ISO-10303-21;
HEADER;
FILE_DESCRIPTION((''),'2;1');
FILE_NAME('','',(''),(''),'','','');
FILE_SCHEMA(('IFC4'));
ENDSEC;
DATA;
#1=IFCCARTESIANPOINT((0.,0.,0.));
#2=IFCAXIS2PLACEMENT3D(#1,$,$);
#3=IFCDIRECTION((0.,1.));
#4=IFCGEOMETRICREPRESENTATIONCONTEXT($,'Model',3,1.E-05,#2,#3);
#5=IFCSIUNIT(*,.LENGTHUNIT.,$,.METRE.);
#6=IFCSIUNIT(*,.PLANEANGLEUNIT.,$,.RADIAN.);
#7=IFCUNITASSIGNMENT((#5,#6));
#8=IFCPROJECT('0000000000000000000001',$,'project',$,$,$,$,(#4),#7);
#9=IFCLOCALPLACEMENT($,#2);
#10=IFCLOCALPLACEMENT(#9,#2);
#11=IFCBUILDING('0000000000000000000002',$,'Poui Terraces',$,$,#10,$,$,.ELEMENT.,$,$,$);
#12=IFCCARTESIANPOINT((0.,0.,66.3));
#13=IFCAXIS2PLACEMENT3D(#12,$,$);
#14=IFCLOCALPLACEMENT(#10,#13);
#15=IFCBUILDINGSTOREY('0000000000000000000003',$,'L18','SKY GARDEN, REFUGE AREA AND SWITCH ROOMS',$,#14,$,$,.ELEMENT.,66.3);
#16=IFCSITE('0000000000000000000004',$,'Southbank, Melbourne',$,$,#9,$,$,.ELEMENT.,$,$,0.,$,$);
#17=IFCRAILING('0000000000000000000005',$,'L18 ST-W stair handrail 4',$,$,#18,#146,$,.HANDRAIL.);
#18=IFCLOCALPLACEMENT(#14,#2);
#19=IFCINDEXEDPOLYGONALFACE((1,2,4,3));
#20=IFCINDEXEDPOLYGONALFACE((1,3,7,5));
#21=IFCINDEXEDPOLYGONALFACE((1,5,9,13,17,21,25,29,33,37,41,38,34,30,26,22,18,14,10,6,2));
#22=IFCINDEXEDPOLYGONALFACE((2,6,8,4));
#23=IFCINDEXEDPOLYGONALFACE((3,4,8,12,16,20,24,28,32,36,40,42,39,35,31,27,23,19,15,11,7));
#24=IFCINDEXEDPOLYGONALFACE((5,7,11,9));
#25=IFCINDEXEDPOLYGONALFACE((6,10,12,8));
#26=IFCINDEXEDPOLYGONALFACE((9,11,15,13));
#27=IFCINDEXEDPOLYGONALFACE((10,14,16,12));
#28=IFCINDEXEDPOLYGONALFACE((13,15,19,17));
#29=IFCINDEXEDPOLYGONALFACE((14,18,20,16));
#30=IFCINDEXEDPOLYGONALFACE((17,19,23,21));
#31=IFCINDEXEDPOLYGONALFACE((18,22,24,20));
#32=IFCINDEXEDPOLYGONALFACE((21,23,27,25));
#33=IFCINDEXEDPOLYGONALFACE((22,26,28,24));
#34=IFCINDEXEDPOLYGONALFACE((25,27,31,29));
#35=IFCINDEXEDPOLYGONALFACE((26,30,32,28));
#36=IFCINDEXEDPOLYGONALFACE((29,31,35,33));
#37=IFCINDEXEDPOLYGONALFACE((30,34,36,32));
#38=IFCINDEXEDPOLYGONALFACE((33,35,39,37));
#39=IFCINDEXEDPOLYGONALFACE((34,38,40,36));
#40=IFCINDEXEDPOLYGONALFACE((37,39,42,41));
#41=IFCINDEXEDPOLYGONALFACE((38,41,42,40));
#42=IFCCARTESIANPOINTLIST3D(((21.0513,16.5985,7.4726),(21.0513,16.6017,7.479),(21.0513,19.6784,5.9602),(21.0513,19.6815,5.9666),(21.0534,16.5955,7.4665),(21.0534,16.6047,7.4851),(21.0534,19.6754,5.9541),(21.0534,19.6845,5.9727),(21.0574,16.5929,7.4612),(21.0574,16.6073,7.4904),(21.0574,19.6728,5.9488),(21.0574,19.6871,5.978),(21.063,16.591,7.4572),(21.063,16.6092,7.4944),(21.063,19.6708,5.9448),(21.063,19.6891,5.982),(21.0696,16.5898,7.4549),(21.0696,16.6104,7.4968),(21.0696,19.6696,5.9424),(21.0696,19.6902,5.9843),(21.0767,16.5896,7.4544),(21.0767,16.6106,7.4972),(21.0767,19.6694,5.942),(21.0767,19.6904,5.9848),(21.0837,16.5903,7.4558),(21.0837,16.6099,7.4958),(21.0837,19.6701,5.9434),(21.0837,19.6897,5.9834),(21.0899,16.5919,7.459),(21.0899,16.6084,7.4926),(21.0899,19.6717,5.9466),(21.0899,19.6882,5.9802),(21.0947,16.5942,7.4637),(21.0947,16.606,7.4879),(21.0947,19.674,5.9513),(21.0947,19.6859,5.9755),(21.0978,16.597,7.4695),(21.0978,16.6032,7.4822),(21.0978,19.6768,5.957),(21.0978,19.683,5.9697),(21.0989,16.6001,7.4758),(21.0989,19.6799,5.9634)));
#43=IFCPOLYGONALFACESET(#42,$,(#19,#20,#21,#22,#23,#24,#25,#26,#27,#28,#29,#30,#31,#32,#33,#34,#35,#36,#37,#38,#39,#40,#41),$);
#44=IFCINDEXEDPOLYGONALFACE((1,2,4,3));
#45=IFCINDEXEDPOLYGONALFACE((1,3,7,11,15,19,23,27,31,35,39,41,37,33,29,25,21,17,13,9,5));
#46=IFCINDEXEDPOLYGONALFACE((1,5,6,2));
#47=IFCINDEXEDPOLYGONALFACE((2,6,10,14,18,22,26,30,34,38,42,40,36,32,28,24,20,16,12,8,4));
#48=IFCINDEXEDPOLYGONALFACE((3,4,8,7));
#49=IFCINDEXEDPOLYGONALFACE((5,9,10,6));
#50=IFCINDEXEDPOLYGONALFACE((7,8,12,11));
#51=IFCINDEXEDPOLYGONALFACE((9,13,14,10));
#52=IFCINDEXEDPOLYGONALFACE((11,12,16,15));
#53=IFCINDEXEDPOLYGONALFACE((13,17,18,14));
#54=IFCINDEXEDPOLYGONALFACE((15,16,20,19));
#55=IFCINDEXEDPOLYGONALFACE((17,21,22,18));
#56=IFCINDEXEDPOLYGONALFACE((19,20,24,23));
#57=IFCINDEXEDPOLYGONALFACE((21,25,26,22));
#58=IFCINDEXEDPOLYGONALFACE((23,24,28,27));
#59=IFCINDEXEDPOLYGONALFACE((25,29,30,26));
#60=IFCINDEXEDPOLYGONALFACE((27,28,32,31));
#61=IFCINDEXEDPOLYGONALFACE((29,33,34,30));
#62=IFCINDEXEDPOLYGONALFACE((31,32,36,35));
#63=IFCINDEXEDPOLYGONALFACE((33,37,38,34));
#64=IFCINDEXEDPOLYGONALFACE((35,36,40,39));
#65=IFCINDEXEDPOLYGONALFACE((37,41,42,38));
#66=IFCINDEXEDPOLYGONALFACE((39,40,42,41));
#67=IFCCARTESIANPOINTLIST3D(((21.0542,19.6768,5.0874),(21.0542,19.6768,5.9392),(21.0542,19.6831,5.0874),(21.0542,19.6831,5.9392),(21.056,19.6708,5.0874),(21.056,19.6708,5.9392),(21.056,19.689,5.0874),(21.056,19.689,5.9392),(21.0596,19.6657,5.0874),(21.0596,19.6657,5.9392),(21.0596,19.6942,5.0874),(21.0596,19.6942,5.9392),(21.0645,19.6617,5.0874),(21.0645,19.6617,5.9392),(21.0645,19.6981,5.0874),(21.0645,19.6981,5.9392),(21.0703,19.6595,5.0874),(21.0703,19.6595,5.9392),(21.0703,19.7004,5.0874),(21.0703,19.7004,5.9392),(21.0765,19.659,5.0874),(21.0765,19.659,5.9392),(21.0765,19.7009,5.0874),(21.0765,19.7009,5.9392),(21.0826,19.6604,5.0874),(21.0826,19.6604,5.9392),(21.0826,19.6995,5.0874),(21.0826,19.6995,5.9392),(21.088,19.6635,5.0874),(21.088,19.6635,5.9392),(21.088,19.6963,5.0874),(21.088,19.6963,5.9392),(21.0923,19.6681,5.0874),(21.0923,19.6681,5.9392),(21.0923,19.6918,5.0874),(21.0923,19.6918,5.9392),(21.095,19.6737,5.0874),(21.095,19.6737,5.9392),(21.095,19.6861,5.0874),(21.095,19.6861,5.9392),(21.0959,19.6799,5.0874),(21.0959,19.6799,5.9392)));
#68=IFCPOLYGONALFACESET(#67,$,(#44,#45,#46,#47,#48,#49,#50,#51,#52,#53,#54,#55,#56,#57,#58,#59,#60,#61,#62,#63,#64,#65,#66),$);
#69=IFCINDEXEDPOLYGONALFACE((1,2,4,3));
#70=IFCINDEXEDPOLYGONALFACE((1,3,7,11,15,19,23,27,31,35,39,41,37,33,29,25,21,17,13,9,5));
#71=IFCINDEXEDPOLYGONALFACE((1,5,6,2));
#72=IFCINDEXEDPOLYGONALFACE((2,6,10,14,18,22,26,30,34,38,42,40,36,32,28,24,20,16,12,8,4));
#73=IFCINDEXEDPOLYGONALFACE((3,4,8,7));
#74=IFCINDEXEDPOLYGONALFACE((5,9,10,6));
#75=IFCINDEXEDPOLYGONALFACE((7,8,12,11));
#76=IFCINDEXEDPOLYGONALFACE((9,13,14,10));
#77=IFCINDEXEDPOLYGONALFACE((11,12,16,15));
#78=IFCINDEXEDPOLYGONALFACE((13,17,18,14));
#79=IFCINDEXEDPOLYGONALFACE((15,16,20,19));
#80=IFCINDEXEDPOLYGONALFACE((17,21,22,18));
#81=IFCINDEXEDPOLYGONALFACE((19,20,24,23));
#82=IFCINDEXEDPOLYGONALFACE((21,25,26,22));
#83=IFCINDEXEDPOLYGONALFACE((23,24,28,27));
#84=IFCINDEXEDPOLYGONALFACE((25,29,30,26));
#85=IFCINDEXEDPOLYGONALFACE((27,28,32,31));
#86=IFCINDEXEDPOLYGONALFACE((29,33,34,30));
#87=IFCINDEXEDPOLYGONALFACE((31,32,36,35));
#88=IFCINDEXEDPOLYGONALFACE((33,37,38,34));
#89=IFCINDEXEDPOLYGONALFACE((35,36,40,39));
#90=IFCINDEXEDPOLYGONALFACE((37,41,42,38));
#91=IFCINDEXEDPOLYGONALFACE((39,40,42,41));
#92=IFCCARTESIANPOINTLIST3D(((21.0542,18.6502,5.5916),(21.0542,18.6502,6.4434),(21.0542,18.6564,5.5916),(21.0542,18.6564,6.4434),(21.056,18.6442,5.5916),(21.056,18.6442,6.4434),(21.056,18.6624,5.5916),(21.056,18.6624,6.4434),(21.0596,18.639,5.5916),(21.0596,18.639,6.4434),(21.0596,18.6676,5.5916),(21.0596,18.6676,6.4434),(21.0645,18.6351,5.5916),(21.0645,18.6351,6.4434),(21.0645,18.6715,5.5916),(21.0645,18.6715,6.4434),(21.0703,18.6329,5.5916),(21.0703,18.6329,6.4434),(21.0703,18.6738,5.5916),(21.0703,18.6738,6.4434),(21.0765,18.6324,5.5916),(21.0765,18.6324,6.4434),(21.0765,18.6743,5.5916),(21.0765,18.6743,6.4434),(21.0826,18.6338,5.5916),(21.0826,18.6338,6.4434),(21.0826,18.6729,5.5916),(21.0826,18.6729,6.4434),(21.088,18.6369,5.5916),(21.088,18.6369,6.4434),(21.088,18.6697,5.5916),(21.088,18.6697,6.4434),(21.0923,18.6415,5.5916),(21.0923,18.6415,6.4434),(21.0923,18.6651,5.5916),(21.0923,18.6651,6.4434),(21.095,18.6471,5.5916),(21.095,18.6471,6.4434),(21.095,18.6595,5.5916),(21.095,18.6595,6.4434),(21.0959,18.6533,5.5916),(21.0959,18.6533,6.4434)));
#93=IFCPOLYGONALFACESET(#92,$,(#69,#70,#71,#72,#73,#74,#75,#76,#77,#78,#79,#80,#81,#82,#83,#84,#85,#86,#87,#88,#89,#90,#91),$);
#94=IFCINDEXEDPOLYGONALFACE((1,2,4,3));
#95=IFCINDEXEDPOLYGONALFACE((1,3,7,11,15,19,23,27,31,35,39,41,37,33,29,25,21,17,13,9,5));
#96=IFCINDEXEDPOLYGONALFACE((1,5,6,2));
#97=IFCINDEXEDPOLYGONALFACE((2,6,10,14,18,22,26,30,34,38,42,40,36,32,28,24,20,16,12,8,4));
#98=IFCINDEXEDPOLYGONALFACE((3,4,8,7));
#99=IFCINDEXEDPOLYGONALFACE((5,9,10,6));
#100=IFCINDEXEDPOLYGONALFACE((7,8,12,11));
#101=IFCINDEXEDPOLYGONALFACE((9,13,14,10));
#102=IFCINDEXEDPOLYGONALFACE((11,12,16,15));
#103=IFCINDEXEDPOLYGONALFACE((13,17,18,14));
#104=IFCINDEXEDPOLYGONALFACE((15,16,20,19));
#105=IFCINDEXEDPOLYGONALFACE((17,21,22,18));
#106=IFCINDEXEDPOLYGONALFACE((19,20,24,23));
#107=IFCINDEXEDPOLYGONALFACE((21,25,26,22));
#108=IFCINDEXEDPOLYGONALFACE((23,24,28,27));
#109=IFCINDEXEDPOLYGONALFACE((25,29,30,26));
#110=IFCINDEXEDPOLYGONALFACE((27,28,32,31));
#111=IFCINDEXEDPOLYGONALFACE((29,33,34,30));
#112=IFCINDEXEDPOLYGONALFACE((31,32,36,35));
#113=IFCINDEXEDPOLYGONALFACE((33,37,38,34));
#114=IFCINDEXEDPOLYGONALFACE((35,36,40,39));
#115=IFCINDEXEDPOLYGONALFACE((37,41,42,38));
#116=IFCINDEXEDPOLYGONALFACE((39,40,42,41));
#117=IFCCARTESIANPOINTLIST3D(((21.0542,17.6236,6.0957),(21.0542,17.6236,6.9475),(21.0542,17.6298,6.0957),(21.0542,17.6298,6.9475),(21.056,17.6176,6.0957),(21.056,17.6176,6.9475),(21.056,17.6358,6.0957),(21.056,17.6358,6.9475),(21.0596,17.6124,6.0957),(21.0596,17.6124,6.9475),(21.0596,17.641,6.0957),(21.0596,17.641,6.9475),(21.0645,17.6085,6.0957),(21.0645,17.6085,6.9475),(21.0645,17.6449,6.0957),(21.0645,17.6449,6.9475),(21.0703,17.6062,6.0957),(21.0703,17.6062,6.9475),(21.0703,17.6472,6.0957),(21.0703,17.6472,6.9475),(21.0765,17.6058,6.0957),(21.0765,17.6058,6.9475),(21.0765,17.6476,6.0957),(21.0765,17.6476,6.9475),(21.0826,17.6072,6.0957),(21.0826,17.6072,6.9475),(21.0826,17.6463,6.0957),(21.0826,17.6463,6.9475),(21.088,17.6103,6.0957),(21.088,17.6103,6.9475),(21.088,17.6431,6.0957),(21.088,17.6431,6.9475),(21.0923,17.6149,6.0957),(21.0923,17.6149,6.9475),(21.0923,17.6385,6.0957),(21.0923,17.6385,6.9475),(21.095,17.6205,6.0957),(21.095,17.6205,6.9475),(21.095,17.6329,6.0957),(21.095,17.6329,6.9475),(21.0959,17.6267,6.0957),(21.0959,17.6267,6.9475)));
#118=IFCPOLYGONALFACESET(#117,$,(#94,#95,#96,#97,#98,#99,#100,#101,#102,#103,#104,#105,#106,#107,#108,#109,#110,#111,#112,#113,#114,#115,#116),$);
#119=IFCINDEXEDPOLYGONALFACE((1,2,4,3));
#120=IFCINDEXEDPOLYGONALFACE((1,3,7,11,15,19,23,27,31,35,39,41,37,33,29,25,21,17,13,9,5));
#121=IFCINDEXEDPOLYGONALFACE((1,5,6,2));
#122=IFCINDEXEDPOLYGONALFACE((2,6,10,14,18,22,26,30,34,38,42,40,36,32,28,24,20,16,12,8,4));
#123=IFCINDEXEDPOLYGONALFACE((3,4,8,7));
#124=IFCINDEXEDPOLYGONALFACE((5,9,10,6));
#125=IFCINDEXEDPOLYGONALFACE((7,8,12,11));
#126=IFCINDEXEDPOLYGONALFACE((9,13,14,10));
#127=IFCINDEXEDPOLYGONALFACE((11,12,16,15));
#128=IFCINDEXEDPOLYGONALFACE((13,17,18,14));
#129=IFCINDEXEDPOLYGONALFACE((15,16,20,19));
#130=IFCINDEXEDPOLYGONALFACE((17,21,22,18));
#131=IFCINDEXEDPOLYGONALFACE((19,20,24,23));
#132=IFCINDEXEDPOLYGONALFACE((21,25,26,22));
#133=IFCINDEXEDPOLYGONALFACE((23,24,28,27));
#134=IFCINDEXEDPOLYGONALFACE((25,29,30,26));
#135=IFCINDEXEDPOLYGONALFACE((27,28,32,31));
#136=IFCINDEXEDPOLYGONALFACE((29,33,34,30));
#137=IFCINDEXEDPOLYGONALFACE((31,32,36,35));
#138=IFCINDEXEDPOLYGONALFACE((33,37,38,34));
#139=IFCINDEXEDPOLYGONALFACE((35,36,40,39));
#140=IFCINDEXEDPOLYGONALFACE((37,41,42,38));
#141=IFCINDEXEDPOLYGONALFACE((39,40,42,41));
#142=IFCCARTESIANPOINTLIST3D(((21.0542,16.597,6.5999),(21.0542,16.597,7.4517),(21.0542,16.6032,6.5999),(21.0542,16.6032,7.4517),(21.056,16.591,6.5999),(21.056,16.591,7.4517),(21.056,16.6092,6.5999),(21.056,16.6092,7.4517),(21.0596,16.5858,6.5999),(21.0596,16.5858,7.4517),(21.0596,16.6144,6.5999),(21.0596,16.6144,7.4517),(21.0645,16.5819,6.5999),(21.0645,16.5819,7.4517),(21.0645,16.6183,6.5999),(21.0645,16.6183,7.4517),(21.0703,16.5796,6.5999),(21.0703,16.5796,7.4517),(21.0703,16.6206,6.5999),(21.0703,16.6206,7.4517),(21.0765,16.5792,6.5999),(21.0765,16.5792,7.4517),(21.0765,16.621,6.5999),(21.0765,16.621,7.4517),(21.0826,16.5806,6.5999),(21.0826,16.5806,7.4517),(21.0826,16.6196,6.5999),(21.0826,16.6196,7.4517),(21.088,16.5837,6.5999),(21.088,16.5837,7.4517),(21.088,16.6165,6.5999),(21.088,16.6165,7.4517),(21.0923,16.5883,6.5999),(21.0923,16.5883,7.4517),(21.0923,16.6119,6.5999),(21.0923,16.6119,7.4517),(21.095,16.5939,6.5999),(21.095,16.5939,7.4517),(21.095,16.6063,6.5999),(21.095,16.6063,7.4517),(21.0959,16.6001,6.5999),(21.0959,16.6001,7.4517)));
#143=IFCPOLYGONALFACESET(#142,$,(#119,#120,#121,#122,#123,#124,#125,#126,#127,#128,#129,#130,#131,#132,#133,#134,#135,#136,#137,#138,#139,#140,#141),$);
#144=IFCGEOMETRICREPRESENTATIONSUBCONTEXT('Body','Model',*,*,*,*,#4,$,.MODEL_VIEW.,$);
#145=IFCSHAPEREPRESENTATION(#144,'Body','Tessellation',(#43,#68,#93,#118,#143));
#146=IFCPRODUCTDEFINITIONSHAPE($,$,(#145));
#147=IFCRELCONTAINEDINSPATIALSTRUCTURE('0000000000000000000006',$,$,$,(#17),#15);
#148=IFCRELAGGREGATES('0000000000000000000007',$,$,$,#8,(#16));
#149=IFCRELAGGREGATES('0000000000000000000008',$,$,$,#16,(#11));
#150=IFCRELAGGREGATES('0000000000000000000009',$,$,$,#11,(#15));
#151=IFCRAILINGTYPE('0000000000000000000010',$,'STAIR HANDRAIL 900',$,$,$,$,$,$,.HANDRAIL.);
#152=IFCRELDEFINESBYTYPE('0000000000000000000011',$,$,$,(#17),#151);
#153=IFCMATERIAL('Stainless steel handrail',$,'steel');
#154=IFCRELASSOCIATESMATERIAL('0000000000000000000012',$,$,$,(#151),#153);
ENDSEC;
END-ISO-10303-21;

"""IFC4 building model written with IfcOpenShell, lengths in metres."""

from ifc_helpers import new_model, si_unit, direction, frame, origin, origin_2d, place, context, subcontext, project, spatial, circle, extrude, material, type_object, element, save


model = new_model("IFC4")

# Units and contexts
model_context = context("Model", 3, precision=1e-05, world=origin(), true_north=direction((0.0, 1.0)))
body_context = subcontext(model_context, "Body", "Model", "MODEL_VIEW")
ifc_project = project(units=[si_unit("LENGTHUNIT", "METRE"), si_unit("PLANEANGLEUNIT", "RADIAN")], contexts=[model_context])

# Site, building, storey
site_placement = place(None, origin())
site = spatial("IfcSite", under=ifc_project, at=site_placement, Name="Southbank, Melbourne", CompositionType="ELEMENT", RefElevation=0.0)
building_placement = place(site_placement, origin())
building = spatial("IfcBuilding", under=site, at=building_placement, Name="Poui Terraces", CompositionType="ELEMENT")
storey_placement = place(building_placement, frame((0.0, 0.0, 66.3)))
storey = spatial("IfcBuildingStorey", under=building, at=storey_placement, Name="L18", Description="SKY GARDEN, REFUGE AREA AND SWITCH ROOMS", CompositionType="ELEMENT", Elevation=66.3)

# Railing
ifc_material_1 = material(Name="Stainless steel handrail", Category="steel")
railing_type = type_object("IfcRailingType", Name="STAIR HANDRAIL 900", PredefinedType="HANDRAIL", material=ifc_material_1)
railing_1_placement = place(storey_placement, frame((21.075, 19.6799, 5.0874)))
element("IfcRailing", 1, at=railing_1_placement, inside=storey, type_object=railing_type, Name="L18 ST-W stair handrail 4", PredefinedType="HANDRAIL", context=body_context, shape_type="SweptSolid", body=[
    extrude(circle(Radius=0.0239, at=origin_2d()), frame((0.0, 0.0, 0.876), z_axis=(0.0, -0.897606, 0.440798), x_axis=(1.0, 0.0, 0.0)), (0.0, 0.0, 1.0), 3.4312),
    extrude(circle(Radius=0.021, at=origin_2d()), origin(), (0.0, 0.0, 1.0), 0.8518),
    extrude(circle(Radius=0.021, at=origin_2d()), frame((0.0, -1.0266, 0.5042)), (0.0, 0.0, 1.0), 0.8518),
    extrude(circle(Radius=0.021, at=origin_2d()), frame((0.0, -2.0532, 1.0083)), (0.0, 0.0, 1.0), 0.8518),
    extrude(circle(Radius=0.021, at=origin_2d()), frame((0.0, -3.0798, 1.5125)), (0.0, 0.0, 1.0), 0.8518),
])

save(model, "model.ifc")
